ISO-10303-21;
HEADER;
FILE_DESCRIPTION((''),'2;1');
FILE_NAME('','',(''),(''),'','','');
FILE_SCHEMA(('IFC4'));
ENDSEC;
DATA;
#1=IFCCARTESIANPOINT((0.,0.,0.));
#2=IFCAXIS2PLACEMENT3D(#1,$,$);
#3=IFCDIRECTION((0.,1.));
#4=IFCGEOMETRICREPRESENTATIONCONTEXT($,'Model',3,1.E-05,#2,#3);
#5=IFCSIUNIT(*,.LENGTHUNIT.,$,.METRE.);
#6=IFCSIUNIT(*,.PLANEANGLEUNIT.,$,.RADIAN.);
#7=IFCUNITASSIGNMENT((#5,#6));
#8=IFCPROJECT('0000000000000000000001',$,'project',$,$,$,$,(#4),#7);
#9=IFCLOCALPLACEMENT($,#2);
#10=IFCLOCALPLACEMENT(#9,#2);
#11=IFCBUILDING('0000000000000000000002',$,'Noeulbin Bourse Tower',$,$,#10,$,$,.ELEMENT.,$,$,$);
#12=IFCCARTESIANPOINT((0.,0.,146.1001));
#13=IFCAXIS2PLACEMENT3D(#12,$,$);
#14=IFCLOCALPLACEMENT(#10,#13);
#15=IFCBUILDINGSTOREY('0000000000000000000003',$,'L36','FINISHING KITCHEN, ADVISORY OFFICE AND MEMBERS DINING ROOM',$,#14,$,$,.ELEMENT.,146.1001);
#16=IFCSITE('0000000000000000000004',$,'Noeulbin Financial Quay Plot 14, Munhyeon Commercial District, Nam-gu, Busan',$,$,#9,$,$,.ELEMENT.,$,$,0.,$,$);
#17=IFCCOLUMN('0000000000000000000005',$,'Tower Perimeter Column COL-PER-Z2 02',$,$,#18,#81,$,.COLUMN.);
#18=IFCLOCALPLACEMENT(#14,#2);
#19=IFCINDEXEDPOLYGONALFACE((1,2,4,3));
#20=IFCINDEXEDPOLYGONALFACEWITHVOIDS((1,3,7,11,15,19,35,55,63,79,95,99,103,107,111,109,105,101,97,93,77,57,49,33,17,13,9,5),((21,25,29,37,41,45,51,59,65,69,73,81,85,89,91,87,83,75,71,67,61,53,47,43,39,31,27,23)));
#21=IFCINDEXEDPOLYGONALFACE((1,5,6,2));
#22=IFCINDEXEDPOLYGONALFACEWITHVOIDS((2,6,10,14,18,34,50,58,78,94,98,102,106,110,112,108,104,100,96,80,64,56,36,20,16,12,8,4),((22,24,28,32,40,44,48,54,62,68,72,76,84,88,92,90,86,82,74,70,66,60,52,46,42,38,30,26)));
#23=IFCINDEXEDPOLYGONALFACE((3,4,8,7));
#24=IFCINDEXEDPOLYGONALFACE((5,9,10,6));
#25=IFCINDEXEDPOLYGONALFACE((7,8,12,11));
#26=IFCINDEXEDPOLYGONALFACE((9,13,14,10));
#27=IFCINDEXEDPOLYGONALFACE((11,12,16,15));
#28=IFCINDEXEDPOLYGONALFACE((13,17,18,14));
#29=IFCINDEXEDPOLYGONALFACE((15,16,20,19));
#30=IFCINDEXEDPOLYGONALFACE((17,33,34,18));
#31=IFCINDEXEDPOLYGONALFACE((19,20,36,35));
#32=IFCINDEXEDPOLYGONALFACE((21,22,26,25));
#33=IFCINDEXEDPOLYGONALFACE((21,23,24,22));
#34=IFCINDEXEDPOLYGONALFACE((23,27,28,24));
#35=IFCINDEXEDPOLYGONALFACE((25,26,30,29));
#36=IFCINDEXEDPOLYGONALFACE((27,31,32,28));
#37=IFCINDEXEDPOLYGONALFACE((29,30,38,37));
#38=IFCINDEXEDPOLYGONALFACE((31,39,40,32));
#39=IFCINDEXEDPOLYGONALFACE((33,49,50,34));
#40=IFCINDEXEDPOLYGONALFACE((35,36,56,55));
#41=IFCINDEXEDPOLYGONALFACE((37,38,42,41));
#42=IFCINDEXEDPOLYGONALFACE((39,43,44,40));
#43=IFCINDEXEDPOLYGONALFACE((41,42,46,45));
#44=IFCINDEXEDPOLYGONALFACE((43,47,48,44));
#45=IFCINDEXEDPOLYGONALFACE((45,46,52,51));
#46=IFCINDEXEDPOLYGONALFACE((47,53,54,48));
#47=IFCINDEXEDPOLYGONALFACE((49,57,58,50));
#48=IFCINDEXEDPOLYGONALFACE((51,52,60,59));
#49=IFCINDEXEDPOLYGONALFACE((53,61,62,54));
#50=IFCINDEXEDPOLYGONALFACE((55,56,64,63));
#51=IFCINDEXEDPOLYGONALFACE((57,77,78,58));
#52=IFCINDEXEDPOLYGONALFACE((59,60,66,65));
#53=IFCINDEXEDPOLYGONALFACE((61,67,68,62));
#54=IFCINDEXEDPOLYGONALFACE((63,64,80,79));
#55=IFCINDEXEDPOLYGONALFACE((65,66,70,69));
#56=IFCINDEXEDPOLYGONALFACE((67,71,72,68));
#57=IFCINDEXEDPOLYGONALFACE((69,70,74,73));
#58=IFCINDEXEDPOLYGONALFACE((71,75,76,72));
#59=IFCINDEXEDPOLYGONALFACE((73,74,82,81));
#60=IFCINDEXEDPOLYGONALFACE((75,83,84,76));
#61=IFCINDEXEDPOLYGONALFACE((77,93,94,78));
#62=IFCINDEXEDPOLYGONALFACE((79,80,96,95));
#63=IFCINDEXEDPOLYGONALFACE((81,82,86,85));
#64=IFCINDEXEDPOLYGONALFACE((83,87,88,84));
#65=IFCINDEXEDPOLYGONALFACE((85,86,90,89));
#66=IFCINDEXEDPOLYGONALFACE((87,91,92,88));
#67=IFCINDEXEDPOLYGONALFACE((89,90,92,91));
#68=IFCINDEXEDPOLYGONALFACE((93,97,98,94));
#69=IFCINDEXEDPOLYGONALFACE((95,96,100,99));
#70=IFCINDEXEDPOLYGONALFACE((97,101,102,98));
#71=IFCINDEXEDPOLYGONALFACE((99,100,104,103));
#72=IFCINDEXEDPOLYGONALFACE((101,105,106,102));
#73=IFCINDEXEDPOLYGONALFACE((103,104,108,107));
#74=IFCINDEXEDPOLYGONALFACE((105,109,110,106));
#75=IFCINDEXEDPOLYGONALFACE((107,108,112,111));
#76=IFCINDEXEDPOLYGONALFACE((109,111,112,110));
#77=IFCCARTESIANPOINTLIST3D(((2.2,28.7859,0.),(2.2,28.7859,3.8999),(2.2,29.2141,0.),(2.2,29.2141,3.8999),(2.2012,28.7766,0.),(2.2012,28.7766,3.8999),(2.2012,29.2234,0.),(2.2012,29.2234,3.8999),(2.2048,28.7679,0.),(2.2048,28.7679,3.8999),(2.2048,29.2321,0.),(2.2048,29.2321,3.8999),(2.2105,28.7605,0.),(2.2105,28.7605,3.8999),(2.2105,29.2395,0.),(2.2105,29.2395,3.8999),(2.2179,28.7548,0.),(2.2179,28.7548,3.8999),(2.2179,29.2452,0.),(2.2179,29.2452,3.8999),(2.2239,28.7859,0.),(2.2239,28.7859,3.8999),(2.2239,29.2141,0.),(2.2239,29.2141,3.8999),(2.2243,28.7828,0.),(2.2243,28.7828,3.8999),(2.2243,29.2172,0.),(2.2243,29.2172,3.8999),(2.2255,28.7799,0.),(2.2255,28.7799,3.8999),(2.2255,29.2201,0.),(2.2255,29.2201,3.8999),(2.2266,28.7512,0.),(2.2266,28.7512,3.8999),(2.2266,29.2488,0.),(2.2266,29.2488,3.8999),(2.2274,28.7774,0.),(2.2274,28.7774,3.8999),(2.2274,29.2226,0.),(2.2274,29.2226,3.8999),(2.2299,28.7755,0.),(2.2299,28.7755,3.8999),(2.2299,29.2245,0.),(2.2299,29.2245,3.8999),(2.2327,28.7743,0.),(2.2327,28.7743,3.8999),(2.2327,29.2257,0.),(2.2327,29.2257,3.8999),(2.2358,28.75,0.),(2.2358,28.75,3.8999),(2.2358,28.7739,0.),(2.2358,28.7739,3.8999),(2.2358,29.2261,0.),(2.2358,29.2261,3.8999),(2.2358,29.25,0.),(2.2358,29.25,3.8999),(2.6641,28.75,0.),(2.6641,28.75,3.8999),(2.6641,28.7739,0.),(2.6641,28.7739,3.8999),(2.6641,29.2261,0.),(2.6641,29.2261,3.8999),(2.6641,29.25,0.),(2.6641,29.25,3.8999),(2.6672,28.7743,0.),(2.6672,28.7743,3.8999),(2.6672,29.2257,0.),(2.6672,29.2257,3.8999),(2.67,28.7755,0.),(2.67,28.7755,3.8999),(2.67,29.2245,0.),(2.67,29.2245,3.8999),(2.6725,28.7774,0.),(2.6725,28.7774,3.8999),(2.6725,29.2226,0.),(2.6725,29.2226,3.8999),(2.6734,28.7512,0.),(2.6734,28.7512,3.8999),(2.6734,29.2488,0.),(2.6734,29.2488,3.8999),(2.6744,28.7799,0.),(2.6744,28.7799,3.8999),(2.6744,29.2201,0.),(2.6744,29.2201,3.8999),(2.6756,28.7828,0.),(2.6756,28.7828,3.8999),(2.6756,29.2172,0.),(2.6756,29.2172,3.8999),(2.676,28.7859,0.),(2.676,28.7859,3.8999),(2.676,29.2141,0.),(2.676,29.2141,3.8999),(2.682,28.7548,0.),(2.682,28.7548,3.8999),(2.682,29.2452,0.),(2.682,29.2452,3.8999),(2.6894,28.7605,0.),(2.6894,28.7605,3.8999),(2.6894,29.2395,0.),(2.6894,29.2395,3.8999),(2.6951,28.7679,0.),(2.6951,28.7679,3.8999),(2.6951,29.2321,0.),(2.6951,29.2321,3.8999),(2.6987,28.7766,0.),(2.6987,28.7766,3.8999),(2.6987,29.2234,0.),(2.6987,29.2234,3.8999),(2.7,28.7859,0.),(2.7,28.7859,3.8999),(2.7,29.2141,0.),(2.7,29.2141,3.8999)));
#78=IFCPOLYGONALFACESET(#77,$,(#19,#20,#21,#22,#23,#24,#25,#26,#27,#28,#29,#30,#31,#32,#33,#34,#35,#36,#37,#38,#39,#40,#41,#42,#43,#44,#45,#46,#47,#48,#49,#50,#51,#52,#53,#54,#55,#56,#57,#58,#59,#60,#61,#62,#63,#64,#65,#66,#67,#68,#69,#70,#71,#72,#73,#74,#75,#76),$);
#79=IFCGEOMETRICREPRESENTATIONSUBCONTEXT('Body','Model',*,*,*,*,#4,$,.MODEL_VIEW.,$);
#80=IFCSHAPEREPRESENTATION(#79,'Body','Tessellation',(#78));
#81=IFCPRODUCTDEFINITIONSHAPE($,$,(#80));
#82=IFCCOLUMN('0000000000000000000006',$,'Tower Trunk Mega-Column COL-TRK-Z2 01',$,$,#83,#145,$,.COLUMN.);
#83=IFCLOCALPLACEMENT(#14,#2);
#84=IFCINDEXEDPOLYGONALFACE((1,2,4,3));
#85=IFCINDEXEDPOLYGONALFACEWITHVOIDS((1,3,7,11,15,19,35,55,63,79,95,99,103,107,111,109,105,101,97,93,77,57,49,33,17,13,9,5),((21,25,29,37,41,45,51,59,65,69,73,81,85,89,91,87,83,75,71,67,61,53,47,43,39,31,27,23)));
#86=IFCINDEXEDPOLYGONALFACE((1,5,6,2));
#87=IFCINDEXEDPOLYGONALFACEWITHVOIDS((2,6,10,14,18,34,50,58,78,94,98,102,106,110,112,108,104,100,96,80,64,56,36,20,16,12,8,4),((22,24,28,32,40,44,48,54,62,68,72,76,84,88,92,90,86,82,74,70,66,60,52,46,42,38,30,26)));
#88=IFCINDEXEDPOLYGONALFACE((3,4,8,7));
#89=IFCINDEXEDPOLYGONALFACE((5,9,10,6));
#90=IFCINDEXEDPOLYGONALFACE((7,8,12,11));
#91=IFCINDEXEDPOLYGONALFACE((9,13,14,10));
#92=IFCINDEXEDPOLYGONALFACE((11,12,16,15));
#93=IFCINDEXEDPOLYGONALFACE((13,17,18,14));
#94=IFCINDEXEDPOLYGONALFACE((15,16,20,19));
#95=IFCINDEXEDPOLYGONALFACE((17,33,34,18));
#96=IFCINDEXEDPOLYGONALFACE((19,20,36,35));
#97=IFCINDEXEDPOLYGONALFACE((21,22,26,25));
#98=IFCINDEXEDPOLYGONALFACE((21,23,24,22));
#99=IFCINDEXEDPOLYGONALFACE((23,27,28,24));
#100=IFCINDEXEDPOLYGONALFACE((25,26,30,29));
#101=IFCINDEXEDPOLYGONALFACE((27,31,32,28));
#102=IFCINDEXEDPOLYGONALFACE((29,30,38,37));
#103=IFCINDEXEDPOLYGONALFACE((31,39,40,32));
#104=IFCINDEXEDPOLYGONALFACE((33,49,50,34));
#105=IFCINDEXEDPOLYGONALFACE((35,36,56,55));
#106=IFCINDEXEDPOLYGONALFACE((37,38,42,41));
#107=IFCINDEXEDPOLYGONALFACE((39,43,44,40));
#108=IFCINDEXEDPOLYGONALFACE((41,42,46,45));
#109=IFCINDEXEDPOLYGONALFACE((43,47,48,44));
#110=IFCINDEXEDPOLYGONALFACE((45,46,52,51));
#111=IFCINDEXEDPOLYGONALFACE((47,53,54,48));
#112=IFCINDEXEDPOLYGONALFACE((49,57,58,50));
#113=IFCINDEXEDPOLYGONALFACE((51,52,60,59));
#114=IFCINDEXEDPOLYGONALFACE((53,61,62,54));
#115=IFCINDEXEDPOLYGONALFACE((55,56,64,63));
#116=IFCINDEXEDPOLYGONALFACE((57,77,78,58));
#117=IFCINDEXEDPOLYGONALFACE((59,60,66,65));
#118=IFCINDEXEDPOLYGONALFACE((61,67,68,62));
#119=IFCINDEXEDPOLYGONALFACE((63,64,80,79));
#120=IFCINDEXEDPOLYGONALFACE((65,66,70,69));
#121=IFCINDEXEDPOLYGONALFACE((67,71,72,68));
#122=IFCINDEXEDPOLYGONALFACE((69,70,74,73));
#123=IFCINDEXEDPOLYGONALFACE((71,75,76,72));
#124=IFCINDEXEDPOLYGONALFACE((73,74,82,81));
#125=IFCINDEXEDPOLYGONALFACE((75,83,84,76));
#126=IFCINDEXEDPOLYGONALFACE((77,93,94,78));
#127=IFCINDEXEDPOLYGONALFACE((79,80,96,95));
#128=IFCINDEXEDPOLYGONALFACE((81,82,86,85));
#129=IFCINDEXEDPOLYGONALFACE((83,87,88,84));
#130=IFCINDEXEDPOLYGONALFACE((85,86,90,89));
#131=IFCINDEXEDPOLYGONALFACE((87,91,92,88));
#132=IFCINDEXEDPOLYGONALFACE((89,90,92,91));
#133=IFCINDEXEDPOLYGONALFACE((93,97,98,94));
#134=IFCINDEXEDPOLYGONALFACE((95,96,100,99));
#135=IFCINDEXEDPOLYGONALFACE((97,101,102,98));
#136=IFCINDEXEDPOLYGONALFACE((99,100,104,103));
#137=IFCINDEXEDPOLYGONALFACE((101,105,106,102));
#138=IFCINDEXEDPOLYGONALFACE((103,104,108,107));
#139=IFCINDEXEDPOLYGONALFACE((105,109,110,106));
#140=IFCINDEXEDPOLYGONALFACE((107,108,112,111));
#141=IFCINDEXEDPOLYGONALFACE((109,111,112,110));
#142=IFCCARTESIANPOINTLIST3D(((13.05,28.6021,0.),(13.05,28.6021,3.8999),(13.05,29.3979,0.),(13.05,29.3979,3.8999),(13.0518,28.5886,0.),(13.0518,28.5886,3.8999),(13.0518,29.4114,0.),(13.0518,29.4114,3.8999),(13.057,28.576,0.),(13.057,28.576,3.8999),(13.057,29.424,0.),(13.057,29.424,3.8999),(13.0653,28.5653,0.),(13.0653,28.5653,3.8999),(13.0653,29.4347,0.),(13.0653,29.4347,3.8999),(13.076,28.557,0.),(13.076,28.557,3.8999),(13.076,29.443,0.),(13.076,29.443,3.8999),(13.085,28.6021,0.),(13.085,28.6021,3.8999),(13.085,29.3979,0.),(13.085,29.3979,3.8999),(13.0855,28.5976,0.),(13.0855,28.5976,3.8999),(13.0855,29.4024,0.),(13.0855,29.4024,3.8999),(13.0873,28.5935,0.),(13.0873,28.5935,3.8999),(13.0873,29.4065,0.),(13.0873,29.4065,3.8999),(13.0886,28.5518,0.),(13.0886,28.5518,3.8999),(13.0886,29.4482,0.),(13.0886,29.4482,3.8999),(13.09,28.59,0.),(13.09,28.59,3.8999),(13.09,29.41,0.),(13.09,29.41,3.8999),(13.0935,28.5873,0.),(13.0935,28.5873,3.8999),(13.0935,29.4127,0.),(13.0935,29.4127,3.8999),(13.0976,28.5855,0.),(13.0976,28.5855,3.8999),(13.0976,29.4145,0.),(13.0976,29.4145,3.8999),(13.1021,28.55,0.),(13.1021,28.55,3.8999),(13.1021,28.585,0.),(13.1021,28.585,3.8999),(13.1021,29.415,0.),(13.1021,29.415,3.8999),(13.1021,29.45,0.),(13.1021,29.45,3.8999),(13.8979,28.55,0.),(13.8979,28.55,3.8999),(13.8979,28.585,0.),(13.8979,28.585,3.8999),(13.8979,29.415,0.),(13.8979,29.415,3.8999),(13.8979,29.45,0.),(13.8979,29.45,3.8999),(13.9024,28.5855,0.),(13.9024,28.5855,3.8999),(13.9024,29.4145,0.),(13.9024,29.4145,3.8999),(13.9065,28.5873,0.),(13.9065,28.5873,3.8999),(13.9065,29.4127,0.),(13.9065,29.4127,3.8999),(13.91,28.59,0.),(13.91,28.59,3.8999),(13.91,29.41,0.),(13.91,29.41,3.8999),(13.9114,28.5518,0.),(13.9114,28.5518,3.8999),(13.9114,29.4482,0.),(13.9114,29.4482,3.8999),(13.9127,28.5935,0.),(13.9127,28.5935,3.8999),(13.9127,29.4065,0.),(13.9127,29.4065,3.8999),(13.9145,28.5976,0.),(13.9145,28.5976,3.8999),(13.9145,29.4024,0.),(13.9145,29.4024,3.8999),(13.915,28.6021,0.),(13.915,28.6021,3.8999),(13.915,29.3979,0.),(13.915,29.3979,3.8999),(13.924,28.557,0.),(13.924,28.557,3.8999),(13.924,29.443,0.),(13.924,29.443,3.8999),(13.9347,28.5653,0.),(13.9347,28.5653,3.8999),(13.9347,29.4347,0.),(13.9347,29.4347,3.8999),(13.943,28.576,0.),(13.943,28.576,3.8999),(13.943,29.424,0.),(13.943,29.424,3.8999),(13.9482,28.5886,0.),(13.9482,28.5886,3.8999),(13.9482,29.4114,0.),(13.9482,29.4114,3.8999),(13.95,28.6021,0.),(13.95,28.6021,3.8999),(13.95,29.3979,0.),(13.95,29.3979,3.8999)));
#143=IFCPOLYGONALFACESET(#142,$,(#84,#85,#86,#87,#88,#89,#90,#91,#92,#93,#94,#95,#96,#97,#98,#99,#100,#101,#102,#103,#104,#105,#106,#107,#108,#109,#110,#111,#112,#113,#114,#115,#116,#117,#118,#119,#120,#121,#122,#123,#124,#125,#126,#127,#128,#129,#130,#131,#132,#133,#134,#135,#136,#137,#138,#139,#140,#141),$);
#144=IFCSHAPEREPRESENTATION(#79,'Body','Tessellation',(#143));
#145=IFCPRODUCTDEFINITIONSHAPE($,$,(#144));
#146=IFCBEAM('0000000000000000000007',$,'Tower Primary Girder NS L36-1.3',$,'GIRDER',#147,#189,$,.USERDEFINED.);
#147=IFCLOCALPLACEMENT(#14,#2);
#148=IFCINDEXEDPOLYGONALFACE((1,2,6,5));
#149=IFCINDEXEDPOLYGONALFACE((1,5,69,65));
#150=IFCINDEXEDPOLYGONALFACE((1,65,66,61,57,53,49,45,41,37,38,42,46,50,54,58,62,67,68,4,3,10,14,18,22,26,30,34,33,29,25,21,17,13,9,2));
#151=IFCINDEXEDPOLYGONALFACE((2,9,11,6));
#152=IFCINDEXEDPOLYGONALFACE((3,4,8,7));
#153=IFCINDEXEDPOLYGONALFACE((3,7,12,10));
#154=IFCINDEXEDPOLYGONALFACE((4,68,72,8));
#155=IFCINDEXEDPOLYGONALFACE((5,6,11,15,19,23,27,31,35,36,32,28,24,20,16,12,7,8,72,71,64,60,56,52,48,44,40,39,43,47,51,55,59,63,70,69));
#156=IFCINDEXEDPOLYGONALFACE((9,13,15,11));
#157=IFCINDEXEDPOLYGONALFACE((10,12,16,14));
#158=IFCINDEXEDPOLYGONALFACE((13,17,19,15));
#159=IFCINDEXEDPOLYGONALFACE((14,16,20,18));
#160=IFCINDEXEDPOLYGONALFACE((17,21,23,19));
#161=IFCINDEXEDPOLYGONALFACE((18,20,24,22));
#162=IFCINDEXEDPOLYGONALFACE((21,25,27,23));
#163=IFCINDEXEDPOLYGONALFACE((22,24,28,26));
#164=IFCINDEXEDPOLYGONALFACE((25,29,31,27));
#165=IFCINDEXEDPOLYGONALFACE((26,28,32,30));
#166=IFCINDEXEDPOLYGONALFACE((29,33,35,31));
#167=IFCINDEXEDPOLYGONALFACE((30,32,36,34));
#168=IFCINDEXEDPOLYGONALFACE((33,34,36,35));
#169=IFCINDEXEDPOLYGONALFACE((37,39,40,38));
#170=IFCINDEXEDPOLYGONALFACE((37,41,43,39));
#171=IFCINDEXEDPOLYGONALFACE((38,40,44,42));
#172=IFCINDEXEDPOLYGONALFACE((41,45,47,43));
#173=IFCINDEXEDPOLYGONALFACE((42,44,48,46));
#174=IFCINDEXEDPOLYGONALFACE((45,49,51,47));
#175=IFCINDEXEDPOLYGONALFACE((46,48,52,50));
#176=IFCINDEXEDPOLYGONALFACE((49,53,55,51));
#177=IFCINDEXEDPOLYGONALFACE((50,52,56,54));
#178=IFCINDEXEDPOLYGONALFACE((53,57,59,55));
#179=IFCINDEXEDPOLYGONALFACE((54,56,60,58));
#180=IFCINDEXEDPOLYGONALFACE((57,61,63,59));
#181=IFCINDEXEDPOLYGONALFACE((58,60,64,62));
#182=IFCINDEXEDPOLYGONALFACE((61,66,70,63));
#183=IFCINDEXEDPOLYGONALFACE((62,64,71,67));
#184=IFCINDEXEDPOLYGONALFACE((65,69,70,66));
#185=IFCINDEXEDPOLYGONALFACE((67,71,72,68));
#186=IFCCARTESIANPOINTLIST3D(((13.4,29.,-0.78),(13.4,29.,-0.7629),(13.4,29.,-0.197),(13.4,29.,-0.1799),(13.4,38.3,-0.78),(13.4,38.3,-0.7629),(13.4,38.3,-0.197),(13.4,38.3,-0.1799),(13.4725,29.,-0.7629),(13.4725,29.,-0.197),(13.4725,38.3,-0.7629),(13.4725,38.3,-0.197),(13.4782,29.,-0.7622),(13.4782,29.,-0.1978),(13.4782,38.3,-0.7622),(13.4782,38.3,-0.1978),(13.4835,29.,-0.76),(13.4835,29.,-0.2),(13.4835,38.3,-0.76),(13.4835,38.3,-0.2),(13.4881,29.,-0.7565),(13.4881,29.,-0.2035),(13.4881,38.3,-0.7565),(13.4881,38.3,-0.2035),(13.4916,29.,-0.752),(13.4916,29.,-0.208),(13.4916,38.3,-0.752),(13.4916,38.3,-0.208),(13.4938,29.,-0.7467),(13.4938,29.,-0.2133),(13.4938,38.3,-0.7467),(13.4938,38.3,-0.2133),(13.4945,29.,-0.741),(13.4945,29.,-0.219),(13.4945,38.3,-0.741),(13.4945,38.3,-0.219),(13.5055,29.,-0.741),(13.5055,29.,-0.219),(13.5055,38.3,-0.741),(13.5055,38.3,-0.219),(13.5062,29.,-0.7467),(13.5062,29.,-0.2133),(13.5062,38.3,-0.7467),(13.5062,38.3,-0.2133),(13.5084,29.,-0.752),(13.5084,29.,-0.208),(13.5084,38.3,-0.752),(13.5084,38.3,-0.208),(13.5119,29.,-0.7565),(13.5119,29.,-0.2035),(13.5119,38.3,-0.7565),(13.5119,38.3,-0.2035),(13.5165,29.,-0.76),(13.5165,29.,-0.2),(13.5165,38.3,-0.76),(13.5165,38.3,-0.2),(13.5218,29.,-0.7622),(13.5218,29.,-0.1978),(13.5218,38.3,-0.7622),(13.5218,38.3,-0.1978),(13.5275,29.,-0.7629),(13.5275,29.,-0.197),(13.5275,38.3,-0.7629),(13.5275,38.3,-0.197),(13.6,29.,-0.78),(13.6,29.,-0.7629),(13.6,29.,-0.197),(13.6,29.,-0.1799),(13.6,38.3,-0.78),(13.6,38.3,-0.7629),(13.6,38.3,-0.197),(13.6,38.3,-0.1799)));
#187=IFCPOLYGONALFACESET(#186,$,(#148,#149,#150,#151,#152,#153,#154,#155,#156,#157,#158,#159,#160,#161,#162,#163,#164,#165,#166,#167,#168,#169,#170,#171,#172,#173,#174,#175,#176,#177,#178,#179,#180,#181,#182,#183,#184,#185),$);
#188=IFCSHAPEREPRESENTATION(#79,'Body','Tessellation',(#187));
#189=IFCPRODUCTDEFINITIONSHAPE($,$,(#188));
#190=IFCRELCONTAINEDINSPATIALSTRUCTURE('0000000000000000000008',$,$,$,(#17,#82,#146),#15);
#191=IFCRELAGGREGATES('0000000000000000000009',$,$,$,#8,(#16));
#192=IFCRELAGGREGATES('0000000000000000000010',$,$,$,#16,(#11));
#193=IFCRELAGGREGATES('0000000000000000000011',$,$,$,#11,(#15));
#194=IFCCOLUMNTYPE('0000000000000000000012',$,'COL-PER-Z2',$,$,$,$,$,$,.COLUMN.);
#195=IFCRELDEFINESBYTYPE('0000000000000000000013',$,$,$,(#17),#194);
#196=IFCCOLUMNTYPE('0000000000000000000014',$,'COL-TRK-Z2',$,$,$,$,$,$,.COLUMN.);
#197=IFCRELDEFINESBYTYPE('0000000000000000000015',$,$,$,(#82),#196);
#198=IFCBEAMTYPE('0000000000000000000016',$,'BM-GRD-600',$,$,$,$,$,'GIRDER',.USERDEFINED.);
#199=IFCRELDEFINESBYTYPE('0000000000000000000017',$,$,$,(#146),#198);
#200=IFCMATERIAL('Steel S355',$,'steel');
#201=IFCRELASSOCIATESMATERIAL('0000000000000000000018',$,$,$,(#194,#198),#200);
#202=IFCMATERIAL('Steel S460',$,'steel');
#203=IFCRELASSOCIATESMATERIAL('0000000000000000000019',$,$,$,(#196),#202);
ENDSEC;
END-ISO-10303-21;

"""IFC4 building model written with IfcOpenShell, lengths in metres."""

from ifc_helpers import new_model, si_unit, direction, frame, origin, origin_2d, place, context, subcontext, project, spatial, hollow_rectangle, i_section, extrude, material, material_profile, profile_set, type_object, element, save


model = new_model("IFC4")

# Units and contexts
model_context = context("Model", 3, precision=1e-05, world=origin(), true_north=direction((0.0, 1.0)))
body_context = subcontext(model_context, "Body", "Model", "MODEL_VIEW")
ifc_project = project(units=[si_unit("LENGTHUNIT", "METRE"), si_unit("PLANEANGLEUNIT", "RADIAN")], contexts=[model_context])

# Site, building, storey
site_placement = place(None, origin())
site = spatial("IfcSite", under=ifc_project, at=site_placement, Name="Noeulbin Financial Quay Plot 14, Munhyeon Commercial District, Nam-gu, Busan", CompositionType="ELEMENT", RefElevation=0.0)
building_placement = place(site_placement, origin())
building = spatial("IfcBuilding", under=site, at=building_placement, Name="Noeulbin Bourse Tower", CompositionType="ELEMENT")
storey_placement = place(building_placement, frame((0.0, 0.0, 146.1001)))
storey = spatial("IfcBuildingStorey", under=building, at=storey_placement, Name="L36", Description="FINISHING KITCHEN, ADVISORY OFFICE AND MEMBERS DINING ROOM", CompositionType="ELEMENT", Elevation=146.1001)

# Columns
ifc_material_1 = material(Name="Steel S355", Category="steel")
ifc_material_profile_1 = material_profile(ifc_material_1, hollow_rectangle(XDim=0.5, YDim=0.5, WallThickness=0.0239, InnerFilletRadius=0.012, OuterFilletRadius=0.0359, at=origin_2d()), Name="BOX-500x500x24", Category="LoadBearing")
ifc_profile_set_1 = profile_set([ifc_material_profile_1], Name="Steel S355")
column_type_1 = type_object("IfcColumnType", Name="COL-PER-Z2", PredefinedType="COLUMN", material=ifc_profile_set_1)
column_1_placement = place(storey_placement, frame((2.45, 29.0, 0.0), z_axis=(0.0, 0.0, 1.0), x_axis=(1.0, 0.0, 0.0)))
element("IfcColumn", 1, at=column_1_placement, inside=storey, type_object=column_type_1, Name="Tower Perimeter Column COL-PER-Z2 02", PredefinedType="COLUMN", context=body_context, shape_type="SweptSolid", body=[
    extrude(hollow_rectangle(XDim=0.5, YDim=0.5, WallThickness=0.0239, InnerFilletRadius=0.012, OuterFilletRadius=0.0359, at=origin_2d()), origin(), (0.0, 0.0, 1.0), 3.8999),
])
ifc_material_2 = material(Name="Steel S460", Category="steel")
ifc_material_profile_2 = material_profile(ifc_material_2, hollow_rectangle(XDim=0.8999, YDim=0.8999, WallThickness=0.0349, InnerFilletRadius=0.0171, OuterFilletRadius=0.052, at=origin_2d()), Name="BOX-900x900x35", Category="LoadBearing")
ifc_profile_set_2 = profile_set([ifc_material_profile_2], Name="Steel S460")
column_type_2 = type_object("IfcColumnType", Name="COL-TRK-Z2", PredefinedType="COLUMN", material=ifc_profile_set_2)
column_2_placement = place(storey_placement, frame((13.5, 29.0, 0.0), z_axis=(0.0, 0.0, 1.0), x_axis=(1.0, 0.0, 0.0)))
element("IfcColumn", 2, at=column_2_placement, inside=storey, type_object=column_type_2, Name="Tower Trunk Mega-Column COL-TRK-Z2 01", PredefinedType="COLUMN", context=body_context, shape_type="SweptSolid", body=[
    extrude(hollow_rectangle(XDim=0.8999, YDim=0.8999, WallThickness=0.0349, InnerFilletRadius=0.0171, OuterFilletRadius=0.052, at=origin_2d()), origin(), (0.0, 0.0, 1.0), 3.8999),
])

# Beam
ifc_material_profile_3 = material_profile(ifc_material_1, i_section(OverallWidth=0.2, OverallDepth=0.6001, WebThickness=0.011, FlangeThickness=0.0171, FilletRadius=0.022, at=origin_2d()), Name="H-600x200x11x17", Category="LoadBearing")
ifc_profile_set_3 = profile_set([ifc_material_profile_3], Name="Steel S355")
beam_type_1 = type_object("IfcBeamType", Name="BM-GRD-600", ElementType="GIRDER", PredefinedType="USERDEFINED", material=ifc_profile_set_3)
beam_1_placement = place(storey_placement, frame((13.5, 29.0, -0.48), z_axis=(0.0, 1.0, 0.0), x_axis=(-1.0, 0.0, 0.0)))
element("IfcBeam", 3, at=beam_1_placement, inside=storey, type_object=beam_type_1, Name="Tower Primary Girder NS L36-1.3", ObjectType="GIRDER", PredefinedType="USERDEFINED", context=body_context, shape_type="SweptSolid", body=[
    extrude(i_section(OverallWidth=0.2, OverallDepth=0.6001, WebThickness=0.011, FlangeThickness=0.0171, FilletRadius=0.022, at=origin_2d()), origin(), (0.0, 0.0, 1.0), 9.3),
])

save(model, "model.ifc")
